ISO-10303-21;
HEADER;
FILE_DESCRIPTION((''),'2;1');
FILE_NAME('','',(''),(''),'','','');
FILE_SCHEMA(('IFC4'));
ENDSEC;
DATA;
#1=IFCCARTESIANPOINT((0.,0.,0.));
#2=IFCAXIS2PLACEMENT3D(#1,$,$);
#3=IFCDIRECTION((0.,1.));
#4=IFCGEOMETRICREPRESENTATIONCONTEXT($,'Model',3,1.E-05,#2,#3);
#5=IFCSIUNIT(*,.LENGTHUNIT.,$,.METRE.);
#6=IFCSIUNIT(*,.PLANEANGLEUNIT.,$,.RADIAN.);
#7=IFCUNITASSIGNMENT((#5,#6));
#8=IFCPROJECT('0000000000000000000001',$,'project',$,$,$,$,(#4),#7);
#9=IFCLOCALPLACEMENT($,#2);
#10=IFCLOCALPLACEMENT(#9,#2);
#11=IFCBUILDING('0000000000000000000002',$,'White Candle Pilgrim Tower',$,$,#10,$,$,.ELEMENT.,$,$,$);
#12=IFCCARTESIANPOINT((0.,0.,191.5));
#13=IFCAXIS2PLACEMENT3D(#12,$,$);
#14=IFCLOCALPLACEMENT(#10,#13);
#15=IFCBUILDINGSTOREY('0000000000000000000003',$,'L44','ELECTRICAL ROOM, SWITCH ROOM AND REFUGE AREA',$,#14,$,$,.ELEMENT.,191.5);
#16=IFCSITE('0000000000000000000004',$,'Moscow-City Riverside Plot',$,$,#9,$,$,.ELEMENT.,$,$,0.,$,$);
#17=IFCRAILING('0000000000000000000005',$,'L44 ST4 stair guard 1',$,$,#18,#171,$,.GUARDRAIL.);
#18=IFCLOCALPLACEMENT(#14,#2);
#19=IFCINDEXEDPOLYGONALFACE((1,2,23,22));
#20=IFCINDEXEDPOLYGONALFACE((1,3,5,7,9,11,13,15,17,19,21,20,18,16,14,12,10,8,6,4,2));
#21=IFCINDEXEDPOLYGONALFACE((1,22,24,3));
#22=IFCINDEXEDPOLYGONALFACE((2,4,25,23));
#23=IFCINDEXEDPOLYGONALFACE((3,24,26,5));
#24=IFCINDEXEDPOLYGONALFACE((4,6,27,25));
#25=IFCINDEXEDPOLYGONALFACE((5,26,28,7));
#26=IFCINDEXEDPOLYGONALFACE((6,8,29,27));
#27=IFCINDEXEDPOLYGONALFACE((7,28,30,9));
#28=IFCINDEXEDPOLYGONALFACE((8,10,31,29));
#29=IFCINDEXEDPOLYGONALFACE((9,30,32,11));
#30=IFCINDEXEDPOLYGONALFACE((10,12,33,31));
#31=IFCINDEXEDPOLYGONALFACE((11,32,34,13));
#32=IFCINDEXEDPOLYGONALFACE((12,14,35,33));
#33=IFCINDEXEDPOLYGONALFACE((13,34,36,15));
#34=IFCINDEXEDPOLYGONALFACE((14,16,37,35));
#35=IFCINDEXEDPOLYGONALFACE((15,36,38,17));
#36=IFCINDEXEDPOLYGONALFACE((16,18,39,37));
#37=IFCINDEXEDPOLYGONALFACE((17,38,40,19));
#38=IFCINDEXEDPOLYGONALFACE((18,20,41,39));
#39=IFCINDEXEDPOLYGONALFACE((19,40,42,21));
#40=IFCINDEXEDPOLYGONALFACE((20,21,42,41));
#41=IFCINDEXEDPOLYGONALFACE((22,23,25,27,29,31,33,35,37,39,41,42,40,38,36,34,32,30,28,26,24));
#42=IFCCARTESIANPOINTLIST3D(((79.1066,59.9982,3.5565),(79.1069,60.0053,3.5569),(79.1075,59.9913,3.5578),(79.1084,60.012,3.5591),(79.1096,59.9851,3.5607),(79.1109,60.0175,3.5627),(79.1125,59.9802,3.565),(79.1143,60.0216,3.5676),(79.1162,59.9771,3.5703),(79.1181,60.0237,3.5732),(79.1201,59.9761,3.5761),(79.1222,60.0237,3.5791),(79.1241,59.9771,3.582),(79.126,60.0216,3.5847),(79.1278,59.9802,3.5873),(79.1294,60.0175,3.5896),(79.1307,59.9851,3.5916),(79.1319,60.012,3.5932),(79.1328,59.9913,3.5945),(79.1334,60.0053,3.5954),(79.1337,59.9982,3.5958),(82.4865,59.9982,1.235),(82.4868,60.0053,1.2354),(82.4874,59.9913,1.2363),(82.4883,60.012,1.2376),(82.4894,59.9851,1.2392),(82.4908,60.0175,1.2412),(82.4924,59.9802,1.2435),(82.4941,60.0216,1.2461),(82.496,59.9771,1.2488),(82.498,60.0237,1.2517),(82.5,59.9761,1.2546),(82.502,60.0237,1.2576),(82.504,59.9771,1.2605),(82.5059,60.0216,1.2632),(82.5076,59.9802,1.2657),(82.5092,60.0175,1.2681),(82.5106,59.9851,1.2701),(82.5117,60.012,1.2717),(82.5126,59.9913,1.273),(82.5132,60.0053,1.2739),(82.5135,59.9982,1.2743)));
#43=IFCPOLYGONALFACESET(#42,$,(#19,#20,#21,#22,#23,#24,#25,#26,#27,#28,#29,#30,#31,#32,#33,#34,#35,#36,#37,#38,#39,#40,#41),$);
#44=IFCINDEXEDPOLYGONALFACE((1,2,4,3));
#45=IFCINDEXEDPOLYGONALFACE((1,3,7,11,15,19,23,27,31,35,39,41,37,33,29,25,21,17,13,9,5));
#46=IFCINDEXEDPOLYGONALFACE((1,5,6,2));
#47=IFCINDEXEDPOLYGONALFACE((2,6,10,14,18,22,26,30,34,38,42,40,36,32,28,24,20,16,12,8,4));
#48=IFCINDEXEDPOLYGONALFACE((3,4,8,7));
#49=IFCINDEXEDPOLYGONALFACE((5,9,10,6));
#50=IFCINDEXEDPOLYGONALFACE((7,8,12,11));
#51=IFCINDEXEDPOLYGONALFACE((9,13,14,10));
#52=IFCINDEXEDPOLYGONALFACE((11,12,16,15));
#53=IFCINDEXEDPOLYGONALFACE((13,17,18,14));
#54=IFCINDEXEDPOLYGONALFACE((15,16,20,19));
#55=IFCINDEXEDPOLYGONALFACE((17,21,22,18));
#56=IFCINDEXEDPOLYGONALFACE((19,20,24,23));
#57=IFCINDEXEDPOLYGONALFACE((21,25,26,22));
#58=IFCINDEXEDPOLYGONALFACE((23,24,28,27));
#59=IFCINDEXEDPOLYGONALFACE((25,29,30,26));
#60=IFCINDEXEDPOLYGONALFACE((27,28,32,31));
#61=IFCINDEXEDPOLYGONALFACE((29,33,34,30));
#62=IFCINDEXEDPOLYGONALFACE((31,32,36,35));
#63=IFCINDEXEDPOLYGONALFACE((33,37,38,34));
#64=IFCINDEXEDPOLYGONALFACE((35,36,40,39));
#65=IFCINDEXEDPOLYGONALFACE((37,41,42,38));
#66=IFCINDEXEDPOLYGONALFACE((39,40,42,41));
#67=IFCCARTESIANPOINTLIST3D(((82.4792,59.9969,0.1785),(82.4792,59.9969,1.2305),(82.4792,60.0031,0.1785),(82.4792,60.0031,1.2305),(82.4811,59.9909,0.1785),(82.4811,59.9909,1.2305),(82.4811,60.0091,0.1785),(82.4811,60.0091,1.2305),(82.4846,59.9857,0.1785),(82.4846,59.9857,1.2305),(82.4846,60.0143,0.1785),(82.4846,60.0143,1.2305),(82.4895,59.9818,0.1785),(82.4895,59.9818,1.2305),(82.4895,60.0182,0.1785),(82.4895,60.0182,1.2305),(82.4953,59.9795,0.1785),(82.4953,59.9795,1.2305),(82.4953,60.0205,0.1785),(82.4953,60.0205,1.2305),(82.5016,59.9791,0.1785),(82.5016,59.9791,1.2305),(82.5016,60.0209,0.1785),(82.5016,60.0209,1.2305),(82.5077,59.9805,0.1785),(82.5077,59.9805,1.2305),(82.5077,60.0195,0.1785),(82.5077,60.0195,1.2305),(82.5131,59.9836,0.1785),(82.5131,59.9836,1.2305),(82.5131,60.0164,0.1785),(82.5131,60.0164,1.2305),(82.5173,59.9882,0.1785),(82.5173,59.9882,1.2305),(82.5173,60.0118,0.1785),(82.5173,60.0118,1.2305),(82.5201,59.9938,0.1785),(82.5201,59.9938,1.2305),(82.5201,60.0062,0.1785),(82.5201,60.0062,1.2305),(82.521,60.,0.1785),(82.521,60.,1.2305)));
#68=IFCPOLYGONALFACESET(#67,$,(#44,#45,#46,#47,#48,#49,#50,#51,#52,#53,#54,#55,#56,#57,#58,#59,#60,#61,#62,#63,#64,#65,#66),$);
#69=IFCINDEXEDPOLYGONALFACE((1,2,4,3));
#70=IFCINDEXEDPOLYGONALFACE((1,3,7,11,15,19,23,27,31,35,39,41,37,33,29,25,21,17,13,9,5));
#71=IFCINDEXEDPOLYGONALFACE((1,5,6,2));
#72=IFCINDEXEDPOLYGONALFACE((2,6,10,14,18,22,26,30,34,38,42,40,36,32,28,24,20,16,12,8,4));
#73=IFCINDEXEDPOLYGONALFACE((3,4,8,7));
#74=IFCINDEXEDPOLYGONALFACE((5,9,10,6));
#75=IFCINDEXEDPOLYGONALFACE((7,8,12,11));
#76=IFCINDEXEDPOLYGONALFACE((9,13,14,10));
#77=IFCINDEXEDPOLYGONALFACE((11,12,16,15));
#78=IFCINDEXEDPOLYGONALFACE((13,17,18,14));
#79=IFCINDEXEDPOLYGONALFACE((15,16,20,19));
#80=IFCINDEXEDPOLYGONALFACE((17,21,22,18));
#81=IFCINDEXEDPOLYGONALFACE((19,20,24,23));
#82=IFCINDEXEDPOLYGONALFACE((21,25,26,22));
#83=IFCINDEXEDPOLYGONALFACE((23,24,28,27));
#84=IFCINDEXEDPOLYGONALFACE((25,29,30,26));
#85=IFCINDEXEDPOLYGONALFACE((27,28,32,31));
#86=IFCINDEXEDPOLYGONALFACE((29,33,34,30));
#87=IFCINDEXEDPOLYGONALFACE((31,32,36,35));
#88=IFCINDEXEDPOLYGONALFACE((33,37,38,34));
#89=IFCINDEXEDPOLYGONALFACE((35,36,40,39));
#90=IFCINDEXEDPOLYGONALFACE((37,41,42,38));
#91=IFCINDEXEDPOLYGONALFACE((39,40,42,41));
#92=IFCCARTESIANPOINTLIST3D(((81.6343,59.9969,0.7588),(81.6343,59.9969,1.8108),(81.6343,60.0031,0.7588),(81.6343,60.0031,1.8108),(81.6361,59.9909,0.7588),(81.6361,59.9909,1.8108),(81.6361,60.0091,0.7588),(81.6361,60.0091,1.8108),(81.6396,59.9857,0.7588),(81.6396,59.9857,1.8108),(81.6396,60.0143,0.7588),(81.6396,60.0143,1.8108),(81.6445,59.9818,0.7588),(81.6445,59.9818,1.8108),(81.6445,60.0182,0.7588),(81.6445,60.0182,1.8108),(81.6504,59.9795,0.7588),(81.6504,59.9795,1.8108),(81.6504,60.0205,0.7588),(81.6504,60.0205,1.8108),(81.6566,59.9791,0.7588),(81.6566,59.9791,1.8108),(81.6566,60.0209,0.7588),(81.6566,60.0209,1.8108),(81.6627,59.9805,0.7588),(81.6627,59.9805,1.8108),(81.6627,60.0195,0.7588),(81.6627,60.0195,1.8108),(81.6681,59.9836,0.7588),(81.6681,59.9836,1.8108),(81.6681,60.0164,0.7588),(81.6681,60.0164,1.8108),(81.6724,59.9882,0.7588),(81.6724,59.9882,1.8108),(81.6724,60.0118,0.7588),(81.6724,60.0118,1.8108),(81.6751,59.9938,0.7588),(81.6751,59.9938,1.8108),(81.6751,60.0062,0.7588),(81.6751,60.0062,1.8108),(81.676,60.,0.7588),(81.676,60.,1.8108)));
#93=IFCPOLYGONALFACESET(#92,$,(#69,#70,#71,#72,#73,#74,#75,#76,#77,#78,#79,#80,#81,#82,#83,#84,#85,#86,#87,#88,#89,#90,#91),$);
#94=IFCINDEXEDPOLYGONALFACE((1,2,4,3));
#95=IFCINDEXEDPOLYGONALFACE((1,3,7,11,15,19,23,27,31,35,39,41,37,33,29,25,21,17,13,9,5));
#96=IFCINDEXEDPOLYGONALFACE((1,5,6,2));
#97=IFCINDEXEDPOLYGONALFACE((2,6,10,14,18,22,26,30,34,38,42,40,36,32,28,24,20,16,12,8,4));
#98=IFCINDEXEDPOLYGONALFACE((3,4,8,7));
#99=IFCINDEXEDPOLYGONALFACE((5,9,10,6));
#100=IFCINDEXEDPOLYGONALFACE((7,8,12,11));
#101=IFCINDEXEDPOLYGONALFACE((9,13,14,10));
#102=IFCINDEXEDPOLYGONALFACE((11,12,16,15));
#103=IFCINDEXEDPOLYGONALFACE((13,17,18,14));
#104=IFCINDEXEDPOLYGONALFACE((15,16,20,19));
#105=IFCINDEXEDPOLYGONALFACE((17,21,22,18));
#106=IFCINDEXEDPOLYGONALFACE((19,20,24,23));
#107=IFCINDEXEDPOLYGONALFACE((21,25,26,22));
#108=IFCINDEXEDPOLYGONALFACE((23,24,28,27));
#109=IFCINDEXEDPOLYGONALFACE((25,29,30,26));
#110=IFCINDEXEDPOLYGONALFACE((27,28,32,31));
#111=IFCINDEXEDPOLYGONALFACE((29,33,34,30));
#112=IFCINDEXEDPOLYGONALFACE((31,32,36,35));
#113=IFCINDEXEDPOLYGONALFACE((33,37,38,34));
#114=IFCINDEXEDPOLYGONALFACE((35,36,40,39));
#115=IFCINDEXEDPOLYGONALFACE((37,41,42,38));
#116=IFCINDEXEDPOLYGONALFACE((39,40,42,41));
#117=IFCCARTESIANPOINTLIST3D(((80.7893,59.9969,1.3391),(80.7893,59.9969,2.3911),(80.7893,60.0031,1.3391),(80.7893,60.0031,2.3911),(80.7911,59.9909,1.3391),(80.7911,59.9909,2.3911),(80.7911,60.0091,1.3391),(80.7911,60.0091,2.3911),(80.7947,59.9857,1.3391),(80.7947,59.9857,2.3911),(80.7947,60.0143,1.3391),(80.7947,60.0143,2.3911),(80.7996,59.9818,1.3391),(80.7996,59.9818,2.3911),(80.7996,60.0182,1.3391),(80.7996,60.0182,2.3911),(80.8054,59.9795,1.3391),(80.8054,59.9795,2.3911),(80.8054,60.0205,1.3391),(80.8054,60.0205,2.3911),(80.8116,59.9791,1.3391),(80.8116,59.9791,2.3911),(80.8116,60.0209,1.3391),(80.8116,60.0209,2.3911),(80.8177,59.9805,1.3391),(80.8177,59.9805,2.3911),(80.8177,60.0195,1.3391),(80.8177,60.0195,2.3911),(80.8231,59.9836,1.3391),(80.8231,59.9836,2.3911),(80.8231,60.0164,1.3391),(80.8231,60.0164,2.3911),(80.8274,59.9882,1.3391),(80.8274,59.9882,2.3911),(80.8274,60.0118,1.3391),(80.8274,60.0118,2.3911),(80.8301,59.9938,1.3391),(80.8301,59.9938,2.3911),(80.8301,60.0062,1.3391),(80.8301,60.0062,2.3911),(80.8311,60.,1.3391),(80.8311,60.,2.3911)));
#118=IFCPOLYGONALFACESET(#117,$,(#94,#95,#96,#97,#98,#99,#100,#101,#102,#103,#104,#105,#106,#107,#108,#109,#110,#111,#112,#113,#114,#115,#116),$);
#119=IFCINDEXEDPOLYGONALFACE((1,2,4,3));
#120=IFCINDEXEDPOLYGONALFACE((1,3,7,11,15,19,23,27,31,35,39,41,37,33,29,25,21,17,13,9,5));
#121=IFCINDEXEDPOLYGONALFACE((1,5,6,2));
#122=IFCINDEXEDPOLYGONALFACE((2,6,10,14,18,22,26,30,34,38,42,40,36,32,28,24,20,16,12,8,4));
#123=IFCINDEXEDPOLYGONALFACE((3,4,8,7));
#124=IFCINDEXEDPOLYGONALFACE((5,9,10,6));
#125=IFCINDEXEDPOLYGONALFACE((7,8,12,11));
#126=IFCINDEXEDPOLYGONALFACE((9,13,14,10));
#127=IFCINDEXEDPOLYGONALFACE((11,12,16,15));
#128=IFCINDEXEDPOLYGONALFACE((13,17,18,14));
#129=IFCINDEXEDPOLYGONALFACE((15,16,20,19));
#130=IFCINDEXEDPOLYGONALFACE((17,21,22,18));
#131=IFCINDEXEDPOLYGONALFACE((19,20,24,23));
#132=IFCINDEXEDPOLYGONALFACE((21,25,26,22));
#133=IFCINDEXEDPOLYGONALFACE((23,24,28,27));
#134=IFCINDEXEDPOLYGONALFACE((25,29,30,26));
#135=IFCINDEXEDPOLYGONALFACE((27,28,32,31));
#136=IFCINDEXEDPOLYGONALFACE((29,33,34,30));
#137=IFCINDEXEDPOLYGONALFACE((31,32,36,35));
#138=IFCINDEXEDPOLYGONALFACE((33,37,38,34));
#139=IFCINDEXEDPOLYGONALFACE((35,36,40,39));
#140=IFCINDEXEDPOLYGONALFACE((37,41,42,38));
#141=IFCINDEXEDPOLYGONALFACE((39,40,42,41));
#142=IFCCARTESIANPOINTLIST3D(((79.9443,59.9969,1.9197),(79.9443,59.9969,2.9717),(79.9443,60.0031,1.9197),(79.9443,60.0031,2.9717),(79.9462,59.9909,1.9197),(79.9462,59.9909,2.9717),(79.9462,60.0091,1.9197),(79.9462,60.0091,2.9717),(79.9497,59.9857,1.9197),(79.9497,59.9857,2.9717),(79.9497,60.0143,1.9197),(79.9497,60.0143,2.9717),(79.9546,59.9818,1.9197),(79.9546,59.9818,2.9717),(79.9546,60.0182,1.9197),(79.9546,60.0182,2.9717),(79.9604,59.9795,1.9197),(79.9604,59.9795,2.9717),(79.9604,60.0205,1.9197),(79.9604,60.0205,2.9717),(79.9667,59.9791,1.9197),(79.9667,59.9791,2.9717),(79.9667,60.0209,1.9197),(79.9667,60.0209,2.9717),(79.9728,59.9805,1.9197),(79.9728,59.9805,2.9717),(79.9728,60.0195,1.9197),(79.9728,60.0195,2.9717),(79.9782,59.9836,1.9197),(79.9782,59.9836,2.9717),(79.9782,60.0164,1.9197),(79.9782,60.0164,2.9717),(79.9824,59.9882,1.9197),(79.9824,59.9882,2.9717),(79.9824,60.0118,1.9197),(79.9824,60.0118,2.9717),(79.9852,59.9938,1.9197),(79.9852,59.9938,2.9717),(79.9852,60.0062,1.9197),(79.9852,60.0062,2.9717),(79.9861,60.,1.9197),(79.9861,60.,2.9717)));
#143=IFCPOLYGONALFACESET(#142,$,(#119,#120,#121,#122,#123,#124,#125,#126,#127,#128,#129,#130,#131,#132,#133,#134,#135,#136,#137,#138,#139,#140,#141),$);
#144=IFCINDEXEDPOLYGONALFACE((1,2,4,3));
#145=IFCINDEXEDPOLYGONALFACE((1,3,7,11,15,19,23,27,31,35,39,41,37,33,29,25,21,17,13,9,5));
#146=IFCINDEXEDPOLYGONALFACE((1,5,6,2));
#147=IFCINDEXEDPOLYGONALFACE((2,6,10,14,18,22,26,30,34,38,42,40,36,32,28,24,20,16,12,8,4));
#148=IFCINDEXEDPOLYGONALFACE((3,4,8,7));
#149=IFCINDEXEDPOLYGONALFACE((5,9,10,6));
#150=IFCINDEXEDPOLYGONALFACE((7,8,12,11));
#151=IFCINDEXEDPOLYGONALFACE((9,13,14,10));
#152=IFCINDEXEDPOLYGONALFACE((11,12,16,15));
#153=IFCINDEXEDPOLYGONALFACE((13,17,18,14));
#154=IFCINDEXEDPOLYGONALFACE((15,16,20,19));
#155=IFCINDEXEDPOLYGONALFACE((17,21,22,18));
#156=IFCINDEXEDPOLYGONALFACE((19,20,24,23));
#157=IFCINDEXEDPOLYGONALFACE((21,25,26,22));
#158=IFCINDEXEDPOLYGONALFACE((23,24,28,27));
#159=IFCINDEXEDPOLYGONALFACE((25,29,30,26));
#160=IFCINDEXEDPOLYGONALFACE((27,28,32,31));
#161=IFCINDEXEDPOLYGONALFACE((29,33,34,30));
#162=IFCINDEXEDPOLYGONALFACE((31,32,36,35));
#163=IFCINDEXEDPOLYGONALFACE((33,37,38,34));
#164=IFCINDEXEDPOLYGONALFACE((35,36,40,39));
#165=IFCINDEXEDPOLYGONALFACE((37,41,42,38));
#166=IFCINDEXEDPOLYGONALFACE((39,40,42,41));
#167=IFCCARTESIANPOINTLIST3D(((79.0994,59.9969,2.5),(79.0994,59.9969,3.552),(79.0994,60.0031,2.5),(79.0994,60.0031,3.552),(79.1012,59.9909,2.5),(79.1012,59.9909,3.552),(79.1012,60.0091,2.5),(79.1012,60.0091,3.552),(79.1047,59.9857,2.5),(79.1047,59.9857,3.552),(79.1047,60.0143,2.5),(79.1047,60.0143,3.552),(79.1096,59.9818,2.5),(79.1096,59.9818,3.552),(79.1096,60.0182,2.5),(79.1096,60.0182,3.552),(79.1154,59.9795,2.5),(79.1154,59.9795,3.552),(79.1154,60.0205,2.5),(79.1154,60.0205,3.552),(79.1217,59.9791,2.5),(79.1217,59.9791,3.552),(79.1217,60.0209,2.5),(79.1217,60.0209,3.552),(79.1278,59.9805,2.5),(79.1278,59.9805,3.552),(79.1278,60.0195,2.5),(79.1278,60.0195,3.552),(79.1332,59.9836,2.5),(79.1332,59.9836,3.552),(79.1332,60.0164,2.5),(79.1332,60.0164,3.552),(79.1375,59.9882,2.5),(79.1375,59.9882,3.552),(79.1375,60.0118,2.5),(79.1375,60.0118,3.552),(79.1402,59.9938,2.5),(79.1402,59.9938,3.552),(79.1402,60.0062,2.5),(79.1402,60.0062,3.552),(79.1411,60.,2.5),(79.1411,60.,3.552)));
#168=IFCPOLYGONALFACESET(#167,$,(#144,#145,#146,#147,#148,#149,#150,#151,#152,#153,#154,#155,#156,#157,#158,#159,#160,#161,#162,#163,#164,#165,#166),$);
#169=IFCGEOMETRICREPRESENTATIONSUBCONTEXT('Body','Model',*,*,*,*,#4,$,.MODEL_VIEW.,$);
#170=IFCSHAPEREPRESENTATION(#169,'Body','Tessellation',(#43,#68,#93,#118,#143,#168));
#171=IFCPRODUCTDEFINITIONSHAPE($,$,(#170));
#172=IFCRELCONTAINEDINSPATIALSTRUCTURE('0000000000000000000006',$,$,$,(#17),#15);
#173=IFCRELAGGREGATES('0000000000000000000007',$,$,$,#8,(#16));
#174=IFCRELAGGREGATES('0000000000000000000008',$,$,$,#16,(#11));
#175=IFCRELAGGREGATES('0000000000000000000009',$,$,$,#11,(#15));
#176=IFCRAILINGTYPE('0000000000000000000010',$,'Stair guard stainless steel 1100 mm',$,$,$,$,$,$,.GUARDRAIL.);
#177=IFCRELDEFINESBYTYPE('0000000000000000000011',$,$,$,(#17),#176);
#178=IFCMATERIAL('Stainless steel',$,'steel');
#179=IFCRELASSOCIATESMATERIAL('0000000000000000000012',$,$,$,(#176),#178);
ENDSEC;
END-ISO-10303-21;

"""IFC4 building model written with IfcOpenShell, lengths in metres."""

from ifc_helpers import new_model, si_unit, direction, frame, origin, origin_2d, place, context, subcontext, project, spatial, circle, extrude, material, type_object, element, save


model = new_model("IFC4")

# Units and contexts
model_context = context("Model", 3, precision=1e-05, world=origin(), true_north=direction((0.0, 1.0)))
body_context = subcontext(model_context, "Body", "Model", "MODEL_VIEW")
ifc_project = project(units=[si_unit("LENGTHUNIT", "METRE"), si_unit("PLANEANGLEUNIT", "RADIAN")], contexts=[model_context])

# Site, building, storey
site_placement = place(None, origin())
site = spatial("IfcSite", under=ifc_project, at=site_placement, Name="Moscow-City Riverside Plot", CompositionType="ELEMENT", RefElevation=0.0)
building_placement = place(site_placement, origin())
building = spatial("IfcBuilding", under=site, at=building_placement, Name="White Candle Pilgrim Tower", CompositionType="ELEMENT")
storey_placement = place(building_placement, frame((0.0, 0.0, 191.5)))
storey = spatial("IfcBuildingStorey", under=building, at=storey_placement, Name="L44", Description="ELECTRICAL ROOM, SWITCH ROOM AND REFUGE AREA", CompositionType="ELEMENT", Elevation=191.5)

# Railing
ifc_material_1 = material(Name="Stainless steel", Category="steel")
railing_type_1 = type_object("IfcRailingType", Name="Stair guard stainless steel 1100 mm", PredefinedType="GUARDRAIL", material=ifc_material_1)
railing_1_placement = place(storey_placement, frame((82.5, 60.0, 0.1785)))
element("IfcRailing", 1, at=railing_1_placement, inside=storey, type_object=railing_type_1, Name="L44 ST4 stair guard 1", PredefinedType="GUARDRAIL", context=body_context, shape_type="SweptSolid", body=[
    extrude(circle(Radius=0.0239, at=origin_2d()), frame((0.0, 0.0, 1.0762), z_axis=(-0.824285, 0.0, 0.566175), x_axis=(0.0, -1.0, 0.0)), (0.0, 0.0, 1.0), 4.1003),
    extrude(circle(Radius=0.021, at=origin_2d()), origin(), (0.0, 0.0, 1.0), 1.052),
    extrude(circle(Radius=0.021, at=origin_2d()), frame((-0.845, 0.0, 0.5803)), (0.0, 0.0, 1.0), 1.052),
    extrude(circle(Radius=0.021, at=origin_2d()), frame((-1.6899, 0.0, 1.1606)), (0.0, 0.0, 1.0), 1.052),
    extrude(circle(Radius=0.021, at=origin_2d()), frame((-2.5349, 0.0, 1.7412)), (0.0, 0.0, 1.0), 1.052),
    extrude(circle(Radius=0.021, at=origin_2d()), frame((-3.3799, 0.0, 2.3215)), (0.0, 0.0, 1.0), 1.052),
])

save(model, "model.ifc")
